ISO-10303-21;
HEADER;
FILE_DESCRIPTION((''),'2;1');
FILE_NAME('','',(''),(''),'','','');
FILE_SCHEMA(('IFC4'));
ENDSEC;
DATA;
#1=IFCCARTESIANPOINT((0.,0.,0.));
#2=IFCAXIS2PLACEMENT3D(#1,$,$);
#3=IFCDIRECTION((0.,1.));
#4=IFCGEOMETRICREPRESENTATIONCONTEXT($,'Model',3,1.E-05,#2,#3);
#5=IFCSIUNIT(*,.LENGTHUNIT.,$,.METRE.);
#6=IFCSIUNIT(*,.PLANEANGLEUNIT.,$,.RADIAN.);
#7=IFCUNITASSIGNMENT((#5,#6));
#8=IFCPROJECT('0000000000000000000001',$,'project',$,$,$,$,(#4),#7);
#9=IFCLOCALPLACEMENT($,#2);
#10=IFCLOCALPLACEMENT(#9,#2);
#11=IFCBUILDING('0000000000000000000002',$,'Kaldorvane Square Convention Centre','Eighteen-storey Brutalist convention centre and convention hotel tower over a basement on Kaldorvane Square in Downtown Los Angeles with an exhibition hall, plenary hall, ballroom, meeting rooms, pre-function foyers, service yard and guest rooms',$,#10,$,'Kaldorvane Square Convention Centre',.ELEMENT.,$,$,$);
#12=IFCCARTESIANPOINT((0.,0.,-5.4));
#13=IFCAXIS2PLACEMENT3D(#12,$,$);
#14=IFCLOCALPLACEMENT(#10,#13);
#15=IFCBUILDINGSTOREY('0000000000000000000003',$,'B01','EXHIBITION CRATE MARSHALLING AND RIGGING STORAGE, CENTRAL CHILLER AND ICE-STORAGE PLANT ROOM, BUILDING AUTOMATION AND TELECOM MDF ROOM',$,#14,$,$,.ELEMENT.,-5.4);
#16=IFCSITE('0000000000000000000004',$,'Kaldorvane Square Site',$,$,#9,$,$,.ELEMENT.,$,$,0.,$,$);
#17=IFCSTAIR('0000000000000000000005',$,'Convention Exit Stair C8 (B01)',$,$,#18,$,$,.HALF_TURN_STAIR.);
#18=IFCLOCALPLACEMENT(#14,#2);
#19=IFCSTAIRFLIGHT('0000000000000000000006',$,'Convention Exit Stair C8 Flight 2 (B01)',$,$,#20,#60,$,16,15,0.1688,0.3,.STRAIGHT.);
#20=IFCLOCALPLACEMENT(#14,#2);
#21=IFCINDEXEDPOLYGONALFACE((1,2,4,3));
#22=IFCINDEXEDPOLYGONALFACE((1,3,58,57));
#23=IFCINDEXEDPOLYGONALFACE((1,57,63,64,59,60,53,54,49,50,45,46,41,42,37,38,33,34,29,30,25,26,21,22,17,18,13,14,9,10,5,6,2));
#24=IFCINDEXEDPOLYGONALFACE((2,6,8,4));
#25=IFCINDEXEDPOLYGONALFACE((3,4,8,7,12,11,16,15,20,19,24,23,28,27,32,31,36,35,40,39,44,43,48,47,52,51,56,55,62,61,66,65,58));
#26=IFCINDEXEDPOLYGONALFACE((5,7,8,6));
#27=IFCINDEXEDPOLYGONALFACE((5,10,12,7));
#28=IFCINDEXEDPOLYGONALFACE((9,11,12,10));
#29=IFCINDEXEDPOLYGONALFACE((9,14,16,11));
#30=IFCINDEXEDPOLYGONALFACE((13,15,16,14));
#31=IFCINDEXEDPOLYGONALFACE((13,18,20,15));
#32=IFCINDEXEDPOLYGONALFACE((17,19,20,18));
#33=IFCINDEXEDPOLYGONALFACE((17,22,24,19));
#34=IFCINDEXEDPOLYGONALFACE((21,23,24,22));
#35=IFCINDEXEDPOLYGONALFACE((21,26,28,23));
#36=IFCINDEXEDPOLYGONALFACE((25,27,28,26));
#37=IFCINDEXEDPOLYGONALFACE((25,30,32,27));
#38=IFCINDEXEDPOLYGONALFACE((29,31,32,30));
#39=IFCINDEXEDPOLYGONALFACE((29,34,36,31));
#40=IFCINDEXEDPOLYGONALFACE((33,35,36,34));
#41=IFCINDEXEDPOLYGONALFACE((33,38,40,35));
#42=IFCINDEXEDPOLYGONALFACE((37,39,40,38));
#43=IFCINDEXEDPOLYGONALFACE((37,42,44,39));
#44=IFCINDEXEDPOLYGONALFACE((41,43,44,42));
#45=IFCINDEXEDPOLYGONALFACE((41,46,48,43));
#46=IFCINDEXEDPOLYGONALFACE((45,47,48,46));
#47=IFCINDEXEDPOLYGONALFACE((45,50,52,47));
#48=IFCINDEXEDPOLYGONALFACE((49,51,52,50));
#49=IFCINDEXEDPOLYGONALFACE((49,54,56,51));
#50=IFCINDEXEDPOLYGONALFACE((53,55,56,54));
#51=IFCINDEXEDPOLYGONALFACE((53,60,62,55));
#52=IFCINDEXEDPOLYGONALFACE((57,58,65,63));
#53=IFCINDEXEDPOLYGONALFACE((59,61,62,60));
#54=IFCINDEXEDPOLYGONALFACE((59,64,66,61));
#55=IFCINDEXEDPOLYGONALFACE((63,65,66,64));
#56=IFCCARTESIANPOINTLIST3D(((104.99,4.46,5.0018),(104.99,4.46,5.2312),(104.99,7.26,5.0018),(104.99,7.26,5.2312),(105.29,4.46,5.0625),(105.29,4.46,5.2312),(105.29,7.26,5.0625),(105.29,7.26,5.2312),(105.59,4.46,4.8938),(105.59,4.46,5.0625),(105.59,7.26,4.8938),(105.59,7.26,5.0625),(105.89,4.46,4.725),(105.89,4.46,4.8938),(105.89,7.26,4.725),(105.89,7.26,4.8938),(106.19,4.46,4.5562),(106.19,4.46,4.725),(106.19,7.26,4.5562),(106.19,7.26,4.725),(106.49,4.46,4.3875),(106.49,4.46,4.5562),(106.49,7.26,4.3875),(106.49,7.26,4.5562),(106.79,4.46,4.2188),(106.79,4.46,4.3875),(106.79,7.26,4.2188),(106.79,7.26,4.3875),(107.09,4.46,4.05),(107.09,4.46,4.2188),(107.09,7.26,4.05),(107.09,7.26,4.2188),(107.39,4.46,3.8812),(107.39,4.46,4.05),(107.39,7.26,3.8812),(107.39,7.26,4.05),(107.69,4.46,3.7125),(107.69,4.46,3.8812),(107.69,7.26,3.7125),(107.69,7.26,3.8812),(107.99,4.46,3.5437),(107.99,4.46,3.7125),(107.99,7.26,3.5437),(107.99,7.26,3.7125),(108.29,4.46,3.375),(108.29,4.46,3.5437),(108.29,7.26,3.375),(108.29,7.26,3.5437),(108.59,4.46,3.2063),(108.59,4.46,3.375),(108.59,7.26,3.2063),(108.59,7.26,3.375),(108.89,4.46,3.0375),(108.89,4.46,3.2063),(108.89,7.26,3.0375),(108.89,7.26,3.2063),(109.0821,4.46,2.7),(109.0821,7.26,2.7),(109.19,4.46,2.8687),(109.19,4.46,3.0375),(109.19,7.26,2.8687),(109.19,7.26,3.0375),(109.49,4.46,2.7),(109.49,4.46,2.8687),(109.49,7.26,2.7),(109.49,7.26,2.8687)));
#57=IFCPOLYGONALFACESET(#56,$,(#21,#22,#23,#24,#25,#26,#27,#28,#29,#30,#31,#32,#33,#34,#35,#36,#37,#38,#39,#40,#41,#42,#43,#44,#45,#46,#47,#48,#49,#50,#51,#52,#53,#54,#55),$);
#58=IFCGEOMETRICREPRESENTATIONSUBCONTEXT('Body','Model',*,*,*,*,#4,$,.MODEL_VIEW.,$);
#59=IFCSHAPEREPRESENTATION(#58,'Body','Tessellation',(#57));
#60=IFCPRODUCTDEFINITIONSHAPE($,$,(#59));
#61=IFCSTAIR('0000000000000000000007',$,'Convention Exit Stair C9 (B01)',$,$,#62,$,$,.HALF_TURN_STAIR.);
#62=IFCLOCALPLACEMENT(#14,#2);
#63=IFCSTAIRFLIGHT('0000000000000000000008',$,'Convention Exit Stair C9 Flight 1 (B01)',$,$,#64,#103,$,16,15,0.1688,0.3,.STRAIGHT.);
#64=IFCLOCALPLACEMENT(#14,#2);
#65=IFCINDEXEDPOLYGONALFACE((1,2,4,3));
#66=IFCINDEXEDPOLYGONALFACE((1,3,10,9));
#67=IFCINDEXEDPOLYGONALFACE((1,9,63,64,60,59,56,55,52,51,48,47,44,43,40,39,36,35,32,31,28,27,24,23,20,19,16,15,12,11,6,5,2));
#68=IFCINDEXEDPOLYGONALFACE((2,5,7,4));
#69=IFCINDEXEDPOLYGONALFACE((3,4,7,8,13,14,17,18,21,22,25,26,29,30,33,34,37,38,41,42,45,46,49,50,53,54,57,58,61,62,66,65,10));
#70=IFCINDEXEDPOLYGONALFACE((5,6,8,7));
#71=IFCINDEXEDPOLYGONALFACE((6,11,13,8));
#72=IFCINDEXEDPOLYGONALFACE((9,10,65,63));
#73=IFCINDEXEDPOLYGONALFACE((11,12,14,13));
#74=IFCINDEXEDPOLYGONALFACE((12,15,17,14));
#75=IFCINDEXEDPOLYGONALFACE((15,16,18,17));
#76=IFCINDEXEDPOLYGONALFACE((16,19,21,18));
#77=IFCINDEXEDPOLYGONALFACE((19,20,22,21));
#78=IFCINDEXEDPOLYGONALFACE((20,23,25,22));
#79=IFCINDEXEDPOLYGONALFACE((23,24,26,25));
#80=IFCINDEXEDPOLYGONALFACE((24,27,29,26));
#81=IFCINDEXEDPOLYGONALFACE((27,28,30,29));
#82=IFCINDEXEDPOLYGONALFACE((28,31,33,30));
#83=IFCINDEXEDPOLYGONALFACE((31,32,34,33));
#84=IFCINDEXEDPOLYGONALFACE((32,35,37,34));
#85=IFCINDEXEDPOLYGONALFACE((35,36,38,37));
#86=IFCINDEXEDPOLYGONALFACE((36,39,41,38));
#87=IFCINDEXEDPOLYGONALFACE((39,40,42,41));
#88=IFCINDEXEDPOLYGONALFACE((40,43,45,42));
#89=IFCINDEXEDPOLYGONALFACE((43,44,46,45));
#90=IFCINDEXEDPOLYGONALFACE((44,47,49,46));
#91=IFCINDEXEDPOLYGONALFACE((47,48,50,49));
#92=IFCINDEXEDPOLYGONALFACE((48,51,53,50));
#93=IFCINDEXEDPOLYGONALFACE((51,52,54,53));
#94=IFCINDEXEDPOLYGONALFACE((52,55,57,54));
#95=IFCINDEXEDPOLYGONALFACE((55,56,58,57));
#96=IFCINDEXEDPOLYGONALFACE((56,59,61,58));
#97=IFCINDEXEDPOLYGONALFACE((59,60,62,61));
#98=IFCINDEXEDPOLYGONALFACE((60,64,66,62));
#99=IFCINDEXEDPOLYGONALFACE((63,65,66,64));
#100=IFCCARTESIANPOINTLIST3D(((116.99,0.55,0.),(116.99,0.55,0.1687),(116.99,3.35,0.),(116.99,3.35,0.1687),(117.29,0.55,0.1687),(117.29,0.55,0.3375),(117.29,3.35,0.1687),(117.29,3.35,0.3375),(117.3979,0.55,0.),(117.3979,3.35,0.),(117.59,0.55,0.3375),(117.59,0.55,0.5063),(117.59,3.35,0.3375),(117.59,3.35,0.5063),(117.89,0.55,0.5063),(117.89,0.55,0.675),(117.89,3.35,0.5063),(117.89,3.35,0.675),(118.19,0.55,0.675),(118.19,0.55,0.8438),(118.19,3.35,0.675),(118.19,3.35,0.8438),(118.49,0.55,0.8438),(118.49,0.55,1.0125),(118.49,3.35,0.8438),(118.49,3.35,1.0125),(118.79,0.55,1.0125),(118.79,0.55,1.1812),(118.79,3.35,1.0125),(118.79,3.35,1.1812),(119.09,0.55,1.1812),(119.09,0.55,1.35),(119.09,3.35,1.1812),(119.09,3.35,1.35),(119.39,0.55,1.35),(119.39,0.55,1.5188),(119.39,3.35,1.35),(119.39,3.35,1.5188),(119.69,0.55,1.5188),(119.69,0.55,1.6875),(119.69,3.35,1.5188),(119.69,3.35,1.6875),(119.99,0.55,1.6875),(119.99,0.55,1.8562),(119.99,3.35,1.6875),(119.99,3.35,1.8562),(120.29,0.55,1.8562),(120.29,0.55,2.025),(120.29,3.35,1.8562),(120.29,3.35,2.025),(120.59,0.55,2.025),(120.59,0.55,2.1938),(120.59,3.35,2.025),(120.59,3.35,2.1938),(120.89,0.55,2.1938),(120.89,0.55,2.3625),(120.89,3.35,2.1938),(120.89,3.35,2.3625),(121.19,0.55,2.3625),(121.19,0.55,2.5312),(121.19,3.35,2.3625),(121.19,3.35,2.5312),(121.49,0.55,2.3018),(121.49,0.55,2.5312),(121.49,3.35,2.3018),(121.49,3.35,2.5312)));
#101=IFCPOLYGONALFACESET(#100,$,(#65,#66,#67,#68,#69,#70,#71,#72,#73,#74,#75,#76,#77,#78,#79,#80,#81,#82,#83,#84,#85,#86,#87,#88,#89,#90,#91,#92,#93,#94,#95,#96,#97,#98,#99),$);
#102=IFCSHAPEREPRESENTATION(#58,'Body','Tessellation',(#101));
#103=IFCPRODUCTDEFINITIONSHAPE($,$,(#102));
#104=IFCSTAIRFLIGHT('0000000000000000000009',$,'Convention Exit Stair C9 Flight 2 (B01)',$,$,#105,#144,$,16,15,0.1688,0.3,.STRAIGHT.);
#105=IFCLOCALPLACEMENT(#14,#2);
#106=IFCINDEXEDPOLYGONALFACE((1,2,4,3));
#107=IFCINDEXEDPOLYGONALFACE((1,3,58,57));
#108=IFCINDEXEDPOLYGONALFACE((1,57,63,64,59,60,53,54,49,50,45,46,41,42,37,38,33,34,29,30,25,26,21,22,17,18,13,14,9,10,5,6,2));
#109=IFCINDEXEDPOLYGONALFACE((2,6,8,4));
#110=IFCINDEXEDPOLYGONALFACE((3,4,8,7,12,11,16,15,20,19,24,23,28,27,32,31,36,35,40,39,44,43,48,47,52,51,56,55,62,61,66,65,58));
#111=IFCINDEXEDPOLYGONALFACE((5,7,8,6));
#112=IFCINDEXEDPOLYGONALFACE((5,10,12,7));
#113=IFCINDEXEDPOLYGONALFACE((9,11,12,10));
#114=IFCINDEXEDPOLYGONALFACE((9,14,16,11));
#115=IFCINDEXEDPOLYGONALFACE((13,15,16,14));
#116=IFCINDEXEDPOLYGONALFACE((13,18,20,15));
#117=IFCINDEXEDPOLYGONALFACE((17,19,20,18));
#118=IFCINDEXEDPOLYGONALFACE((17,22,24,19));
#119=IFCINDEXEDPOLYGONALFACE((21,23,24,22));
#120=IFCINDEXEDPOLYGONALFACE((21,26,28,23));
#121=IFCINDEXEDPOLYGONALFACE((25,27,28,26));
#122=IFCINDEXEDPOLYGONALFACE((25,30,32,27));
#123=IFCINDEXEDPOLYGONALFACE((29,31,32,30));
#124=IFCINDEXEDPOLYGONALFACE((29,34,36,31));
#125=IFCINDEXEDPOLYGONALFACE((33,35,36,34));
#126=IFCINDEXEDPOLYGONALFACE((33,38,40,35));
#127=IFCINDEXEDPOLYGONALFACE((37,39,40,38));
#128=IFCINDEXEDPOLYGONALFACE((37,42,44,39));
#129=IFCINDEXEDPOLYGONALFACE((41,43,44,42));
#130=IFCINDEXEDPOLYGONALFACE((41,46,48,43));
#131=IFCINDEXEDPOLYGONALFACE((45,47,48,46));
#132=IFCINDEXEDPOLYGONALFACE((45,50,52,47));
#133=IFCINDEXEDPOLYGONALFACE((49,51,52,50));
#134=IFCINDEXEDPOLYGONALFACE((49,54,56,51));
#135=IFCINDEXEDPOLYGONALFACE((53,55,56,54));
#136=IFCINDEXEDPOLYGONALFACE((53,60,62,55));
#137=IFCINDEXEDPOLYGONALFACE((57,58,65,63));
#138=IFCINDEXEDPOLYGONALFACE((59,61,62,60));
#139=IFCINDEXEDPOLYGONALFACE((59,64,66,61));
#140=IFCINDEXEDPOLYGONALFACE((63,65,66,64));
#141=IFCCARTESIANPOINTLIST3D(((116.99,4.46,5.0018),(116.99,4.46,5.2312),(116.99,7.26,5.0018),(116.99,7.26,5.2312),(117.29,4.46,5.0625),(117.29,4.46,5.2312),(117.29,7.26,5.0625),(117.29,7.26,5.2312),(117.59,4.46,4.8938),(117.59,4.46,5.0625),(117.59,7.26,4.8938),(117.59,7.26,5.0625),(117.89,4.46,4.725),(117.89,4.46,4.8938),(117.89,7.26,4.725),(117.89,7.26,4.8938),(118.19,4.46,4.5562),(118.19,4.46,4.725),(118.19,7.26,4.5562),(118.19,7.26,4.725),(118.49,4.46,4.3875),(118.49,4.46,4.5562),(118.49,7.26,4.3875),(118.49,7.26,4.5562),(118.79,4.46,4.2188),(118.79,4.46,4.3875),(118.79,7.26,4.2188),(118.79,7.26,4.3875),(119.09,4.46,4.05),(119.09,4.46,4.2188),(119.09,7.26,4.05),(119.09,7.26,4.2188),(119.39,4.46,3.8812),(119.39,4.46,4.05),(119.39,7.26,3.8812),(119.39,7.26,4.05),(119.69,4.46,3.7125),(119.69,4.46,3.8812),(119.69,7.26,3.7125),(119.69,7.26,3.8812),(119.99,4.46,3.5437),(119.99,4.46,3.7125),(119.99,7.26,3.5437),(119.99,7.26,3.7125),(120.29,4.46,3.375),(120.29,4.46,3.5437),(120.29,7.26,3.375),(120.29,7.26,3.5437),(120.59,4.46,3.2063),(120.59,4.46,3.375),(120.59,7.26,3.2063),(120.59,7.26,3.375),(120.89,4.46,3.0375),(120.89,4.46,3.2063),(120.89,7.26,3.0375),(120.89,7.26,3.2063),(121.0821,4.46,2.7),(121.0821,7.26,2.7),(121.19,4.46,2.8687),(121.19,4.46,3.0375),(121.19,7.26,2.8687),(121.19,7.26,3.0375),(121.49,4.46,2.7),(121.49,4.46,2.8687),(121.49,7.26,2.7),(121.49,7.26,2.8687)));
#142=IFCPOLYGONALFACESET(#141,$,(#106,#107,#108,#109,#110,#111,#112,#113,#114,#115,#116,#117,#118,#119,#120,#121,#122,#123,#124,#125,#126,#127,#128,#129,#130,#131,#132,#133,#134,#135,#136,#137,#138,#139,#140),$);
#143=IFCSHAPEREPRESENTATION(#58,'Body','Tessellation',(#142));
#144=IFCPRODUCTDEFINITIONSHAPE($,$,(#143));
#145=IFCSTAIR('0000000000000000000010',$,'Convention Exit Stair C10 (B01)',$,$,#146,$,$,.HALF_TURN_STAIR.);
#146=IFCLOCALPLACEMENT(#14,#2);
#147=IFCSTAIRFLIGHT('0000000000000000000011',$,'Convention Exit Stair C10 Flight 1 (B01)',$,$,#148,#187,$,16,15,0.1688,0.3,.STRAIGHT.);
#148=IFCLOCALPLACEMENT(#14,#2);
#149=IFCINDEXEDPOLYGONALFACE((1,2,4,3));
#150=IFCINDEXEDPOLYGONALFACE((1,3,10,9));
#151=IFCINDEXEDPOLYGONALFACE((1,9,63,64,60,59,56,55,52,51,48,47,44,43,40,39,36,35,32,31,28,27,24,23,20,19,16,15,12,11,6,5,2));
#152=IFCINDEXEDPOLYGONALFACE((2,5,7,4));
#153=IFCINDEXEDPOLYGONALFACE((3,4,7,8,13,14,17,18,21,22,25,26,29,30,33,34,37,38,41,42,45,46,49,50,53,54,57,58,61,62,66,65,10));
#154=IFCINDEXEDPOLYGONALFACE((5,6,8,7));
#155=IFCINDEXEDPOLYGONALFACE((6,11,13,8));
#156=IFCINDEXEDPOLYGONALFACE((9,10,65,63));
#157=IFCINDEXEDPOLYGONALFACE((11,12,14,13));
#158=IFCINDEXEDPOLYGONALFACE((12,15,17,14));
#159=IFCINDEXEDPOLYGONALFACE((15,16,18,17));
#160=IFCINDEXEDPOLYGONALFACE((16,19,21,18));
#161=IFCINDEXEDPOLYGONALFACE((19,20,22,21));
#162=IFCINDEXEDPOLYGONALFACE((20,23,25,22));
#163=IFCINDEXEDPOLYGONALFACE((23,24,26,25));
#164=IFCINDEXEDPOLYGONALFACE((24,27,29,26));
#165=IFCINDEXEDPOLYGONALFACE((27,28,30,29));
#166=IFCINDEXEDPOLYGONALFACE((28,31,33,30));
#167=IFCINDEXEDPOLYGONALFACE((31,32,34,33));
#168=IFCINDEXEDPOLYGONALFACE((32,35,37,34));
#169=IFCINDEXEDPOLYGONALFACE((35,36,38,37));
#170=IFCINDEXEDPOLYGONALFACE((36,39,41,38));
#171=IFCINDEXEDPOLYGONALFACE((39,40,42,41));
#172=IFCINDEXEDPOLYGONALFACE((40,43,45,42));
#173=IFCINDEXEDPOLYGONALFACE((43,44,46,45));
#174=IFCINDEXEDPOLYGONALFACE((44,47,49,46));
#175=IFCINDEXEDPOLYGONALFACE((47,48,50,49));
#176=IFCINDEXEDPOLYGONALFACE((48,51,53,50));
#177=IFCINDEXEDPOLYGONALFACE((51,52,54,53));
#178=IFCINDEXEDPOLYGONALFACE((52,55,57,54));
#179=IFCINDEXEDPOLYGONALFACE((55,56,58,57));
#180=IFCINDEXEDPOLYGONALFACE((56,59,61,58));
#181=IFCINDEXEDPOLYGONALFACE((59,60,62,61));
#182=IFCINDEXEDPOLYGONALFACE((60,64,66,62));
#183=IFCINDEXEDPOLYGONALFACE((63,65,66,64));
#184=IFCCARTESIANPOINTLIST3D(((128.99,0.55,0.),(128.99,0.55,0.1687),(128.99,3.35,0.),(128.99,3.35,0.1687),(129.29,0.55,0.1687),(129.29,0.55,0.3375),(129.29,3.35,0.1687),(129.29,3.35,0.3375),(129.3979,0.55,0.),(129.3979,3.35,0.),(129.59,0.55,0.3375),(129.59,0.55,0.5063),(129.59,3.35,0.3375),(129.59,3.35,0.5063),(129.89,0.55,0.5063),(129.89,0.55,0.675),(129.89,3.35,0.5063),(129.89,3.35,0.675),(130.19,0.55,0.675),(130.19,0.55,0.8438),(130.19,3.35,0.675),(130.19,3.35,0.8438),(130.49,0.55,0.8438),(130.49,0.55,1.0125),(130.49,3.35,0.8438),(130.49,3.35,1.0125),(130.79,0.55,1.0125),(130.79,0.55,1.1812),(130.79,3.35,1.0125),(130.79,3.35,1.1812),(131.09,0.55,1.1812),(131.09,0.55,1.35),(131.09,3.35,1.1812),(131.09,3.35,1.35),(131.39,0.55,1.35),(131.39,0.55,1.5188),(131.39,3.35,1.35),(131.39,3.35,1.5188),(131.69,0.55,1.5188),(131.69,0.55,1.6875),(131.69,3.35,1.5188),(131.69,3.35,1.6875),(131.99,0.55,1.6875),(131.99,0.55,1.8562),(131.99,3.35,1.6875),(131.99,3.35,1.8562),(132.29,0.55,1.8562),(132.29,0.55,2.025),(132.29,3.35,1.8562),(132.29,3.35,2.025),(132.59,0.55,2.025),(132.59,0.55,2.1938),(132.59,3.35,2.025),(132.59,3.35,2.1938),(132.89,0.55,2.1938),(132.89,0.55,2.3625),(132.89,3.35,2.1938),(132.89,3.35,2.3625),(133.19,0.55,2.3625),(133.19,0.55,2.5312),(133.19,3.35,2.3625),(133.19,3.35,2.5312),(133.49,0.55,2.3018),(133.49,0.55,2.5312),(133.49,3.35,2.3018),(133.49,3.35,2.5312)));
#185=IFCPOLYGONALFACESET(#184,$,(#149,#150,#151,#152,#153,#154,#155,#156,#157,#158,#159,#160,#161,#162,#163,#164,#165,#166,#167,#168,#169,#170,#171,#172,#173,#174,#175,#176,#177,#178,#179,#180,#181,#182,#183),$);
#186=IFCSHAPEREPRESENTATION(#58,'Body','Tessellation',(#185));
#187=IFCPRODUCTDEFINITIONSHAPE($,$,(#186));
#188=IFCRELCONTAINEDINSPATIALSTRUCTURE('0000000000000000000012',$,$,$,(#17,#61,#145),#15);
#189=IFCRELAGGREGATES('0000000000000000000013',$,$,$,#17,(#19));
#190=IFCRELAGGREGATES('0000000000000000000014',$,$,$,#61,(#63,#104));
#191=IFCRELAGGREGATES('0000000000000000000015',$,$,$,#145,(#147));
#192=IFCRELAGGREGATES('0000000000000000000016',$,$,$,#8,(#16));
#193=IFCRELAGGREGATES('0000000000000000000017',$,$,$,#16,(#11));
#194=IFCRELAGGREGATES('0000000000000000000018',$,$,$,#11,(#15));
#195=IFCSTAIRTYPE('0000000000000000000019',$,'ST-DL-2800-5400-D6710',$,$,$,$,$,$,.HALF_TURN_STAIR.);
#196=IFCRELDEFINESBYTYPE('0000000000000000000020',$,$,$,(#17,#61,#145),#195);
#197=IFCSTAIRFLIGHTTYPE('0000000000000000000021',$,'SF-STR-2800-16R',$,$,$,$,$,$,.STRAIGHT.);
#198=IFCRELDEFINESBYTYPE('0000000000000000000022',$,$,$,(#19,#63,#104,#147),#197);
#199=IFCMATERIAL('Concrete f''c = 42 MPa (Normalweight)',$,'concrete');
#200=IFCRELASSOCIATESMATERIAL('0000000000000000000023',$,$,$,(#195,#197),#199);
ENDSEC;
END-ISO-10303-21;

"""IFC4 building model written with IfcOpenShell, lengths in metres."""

from ifc_helpers import new_model, si_unit, direction, frame, origin, place, context, subcontext, project, spatial, polyline, outline, extrude, material, type_object, element, aggregate, save


model = new_model("IFC4")

# Units and contexts
model_context = context("Model", 3, precision=1e-05, world=origin(), true_north=direction((0.0, 1.0)))
body_context = subcontext(model_context, "Body", "Model", "MODEL_VIEW")
ifc_project = project(units=[si_unit("LENGTHUNIT", "METRE"), si_unit("PLANEANGLEUNIT", "RADIAN")], contexts=[model_context])

# Site, building, storey
site_placement = place(None, origin())
site = spatial("IfcSite", under=ifc_project, at=site_placement, Name="Kaldorvane Square Site", CompositionType="ELEMENT", RefElevation=0.0)
building_placement = place(site_placement, origin())
building = spatial("IfcBuilding", under=site, at=building_placement, Name="Kaldorvane Square Convention Centre", Description="Eighteen-storey Brutalist convention centre and convention hotel tower over a basement on Kaldorvane Square in Downtown Los Angeles with an exhibition hall, plenary hall, ballroom, meeting rooms, pre-function foyers, service yard and guest rooms", LongName="Kaldorvane Square Convention Centre", CompositionType="ELEMENT")
storey_placement = place(building_placement, frame((0.0, 0.0, -5.4)))
storey = spatial("IfcBuildingStorey", under=building, at=storey_placement, Name="B01", Description="EXHIBITION CRATE MARSHALLING AND RIGGING STORAGE, CENTRAL CHILLER AND ICE-STORAGE PLANT ROOM, BUILDING AUTOMATION AND TELECOM MDF ROOM", CompositionType="ELEMENT", Elevation=-5.4)

# Shared definitions
ifc_material_1 = material(Name="Concrete f'c = 42 MPa (Normalweight)", Category="concrete")

# Stair, stair flight
stair_type = type_object("IfcStairType", Name="ST-DL-2800-5400-D6710", PredefinedType="HALF_TURN_STAIR", material=ifc_material_1)
stair_1_placement = place(storey_placement, origin())
stair_1 = element("IfcStair", 1, at=stair_1_placement, inside=storey, type_object=stair_type, Name="Convention Exit Stair C8 (B01)", PredefinedType="HALF_TURN_STAIR")
stair_flight_type = type_object("IfcStairFlightType", Name="SF-STR-2800-16R", PredefinedType="STRAIGHT", material=ifc_material_1)
stair_flight_1_placement = place(storey_placement, frame((109.49, 5.86, 2.7), z_axis=(0.0, 0.0, 1.0), x_axis=(-1.0, 0.0, 0.0)))
stair_flight_1 = element("IfcStairFlight", 2, at=stair_flight_1_placement, type_object=stair_flight_type, Name="Convention Exit Stair C8 Flight 2 (B01)", NumberOfRisers=16, NumberOfTreads=15, PredefinedType="STRAIGHT", RiserHeight=0.1688, TreadLength=0.3, context=body_context, shape_type="SweptSolid", body=[
    extrude(outline(polyline([(0.0, 0.0), (0.0, 0.1687), (0.3, 0.1687), (0.3, 0.3375), (0.6, 0.3375), (0.6, 0.5063), (0.9, 0.5063), (0.9, 0.675), (1.2, 0.675), (1.2, 0.8438), (1.5, 0.8438), (1.5, 1.0125), (1.8, 1.0125), (1.8, 1.1812), (2.1, 1.1812), (2.1, 1.35), (2.4, 1.35), (2.4, 1.5188), (2.7, 1.5188), (2.7, 1.6875), (3.0, 1.6875), (3.0, 1.8562), (3.3, 1.8562), (3.3, 2.025), (3.6, 2.025), (3.6, 2.1938), (3.9, 2.1938), (3.9, 2.3625), (4.2, 2.3625), (4.2, 2.5312), (4.5, 2.5312), (4.5, 2.7), (4.5, 2.3018), (0.4079, 0.0), (0.0, 0.0)])), frame((0.0, 1.4, 0.0), z_axis=(0.0, -1.0, 0.0), x_axis=(1.0, 0.0, 0.0)), (0.0, 0.0, 1.0), 2.8),
])
aggregate(stair_1, [stair_flight_1])

# Stair, stair flights
stair_2_placement = place(storey_placement, origin())
stair_2 = element("IfcStair", 3, at=stair_2_placement, inside=storey, type_object=stair_type, Name="Convention Exit Stair C9 (B01)", PredefinedType="HALF_TURN_STAIR")
stair_flight_2_placement = place(storey_placement, frame((116.99, 1.95, 0.0), z_axis=(0.0, 0.0, 1.0), x_axis=(1.0, 0.0, 0.0)))
stair_flight_2 = element("IfcStairFlight", 4, at=stair_flight_2_placement, type_object=stair_flight_type, Name="Convention Exit Stair C9 Flight 1 (B01)", NumberOfRisers=16, NumberOfTreads=15, PredefinedType="STRAIGHT", RiserHeight=0.1688, TreadLength=0.3, context=body_context, shape_type="SweptSolid", body=[
    extrude(outline(polyline([(0.0, 0.0), (0.0, 0.1687), (0.3, 0.1687), (0.3, 0.3375), (0.6, 0.3375), (0.6, 0.5063), (0.9, 0.5063), (0.9, 0.675), (1.2, 0.675), (1.2, 0.8438), (1.5, 0.8438), (1.5, 1.0125), (1.8, 1.0125), (1.8, 1.1812), (2.1, 1.1812), (2.1, 1.35), (2.4, 1.35), (2.4, 1.5188), (2.7, 1.5188), (2.7, 1.6875), (3.0, 1.6875), (3.0, 1.8562), (3.3, 1.8562), (3.3, 2.025), (3.6, 2.025), (3.6, 2.1938), (3.9, 2.1938), (3.9, 2.3625), (4.2, 2.3625), (4.2, 2.5312), (4.5, 2.5312), (4.5, 2.7), (4.5, 2.3018), (0.4079, 0.0), (0.0, 0.0)])), frame((0.0, 1.4, 0.0), z_axis=(0.0, -1.0, 0.0), x_axis=(1.0, 0.0, 0.0)), (0.0, 0.0, 1.0), 2.8),
])
stair_flight_3_placement = place(storey_placement, frame((121.49, 5.86, 2.7), z_axis=(0.0, 0.0, 1.0), x_axis=(-1.0, 0.0, 0.0)))
stair_flight_3 = element("IfcStairFlight", 5, at=stair_flight_3_placement, type_object=stair_flight_type, Name="Convention Exit Stair C9 Flight 2 (B01)", NumberOfRisers=16, NumberOfTreads=15, PredefinedType="STRAIGHT", RiserHeight=0.1688, TreadLength=0.3, context=body_context, shape_type="SweptSolid", body=[
    extrude(outline(polyline([(0.0, 0.0), (0.0, 0.1687), (0.3, 0.1687), (0.3, 0.3375), (0.6, 0.3375), (0.6, 0.5063), (0.9, 0.5063), (0.9, 0.675), (1.2, 0.675), (1.2, 0.8438), (1.5, 0.8438), (1.5, 1.0125), (1.8, 1.0125), (1.8, 1.1812), (2.1, 1.1812), (2.1, 1.35), (2.4, 1.35), (2.4, 1.5188), (2.7, 1.5188), (2.7, 1.6875), (3.0, 1.6875), (3.0, 1.8562), (3.3, 1.8562), (3.3, 2.025), (3.6, 2.025), (3.6, 2.1938), (3.9, 2.1938), (3.9, 2.3625), (4.2, 2.3625), (4.2, 2.5312), (4.5, 2.5312), (4.5, 2.7), (4.5, 2.3018), (0.4079, 0.0), (0.0, 0.0)])), frame((0.0, 1.4, 0.0), z_axis=(0.0, -1.0, 0.0), x_axis=(1.0, 0.0, 0.0)), (0.0, 0.0, 1.0), 2.8),
])
aggregate(stair_2, [stair_flight_2, stair_flight_3])

# Stair, stair flight
stair_3_placement = place(storey_placement, origin())
stair_3 = element("IfcStair", 6, at=stair_3_placement, inside=storey, type_object=stair_type, Name="Convention Exit Stair C10 (B01)", PredefinedType="HALF_TURN_STAIR")
stair_flight_4_placement = place(storey_placement, frame((128.99, 1.95, 0.0), z_axis=(0.0, 0.0, 1.0), x_axis=(1.0, 0.0, 0.0)))
stair_flight_4 = element("IfcStairFlight", 7, at=stair_flight_4_placement, type_object=stair_flight_type, Name="Convention Exit Stair C10 Flight 1 (B01)", NumberOfRisers=16, NumberOfTreads=15, PredefinedType="STRAIGHT", RiserHeight=0.1688, TreadLength=0.3, context=body_context, shape_type="SweptSolid", body=[
    extrude(outline(polyline([(0.0, 0.0), (0.0, 0.1687), (0.3, 0.1687), (0.3, 0.3375), (0.6, 0.3375), (0.6, 0.5063), (0.9, 0.5063), (0.9, 0.675), (1.2, 0.675), (1.2, 0.8438), (1.5, 0.8438), (1.5, 1.0125), (1.8, 1.0125), (1.8, 1.1812), (2.1, 1.1812), (2.1, 1.35), (2.4, 1.35), (2.4, 1.5188), (2.7, 1.5188), (2.7, 1.6875), (3.0, 1.6875), (3.0, 1.8562), (3.3, 1.8562), (3.3, 2.025), (3.6, 2.025), (3.6, 2.1938), (3.9, 2.1938), (3.9, 2.3625), (4.2, 2.3625), (4.2, 2.5312), (4.5, 2.5312), (4.5, 2.7), (4.5, 2.3018), (0.4079, 0.0), (0.0, 0.0)])), frame((0.0, 1.4, 0.0), z_axis=(0.0, -1.0, 0.0), x_axis=(1.0, 0.0, 0.0)), (0.0, 0.0, 1.0), 2.8),
])
aggregate(stair_3, [stair_flight_4])

save(model, "model.ifc")
